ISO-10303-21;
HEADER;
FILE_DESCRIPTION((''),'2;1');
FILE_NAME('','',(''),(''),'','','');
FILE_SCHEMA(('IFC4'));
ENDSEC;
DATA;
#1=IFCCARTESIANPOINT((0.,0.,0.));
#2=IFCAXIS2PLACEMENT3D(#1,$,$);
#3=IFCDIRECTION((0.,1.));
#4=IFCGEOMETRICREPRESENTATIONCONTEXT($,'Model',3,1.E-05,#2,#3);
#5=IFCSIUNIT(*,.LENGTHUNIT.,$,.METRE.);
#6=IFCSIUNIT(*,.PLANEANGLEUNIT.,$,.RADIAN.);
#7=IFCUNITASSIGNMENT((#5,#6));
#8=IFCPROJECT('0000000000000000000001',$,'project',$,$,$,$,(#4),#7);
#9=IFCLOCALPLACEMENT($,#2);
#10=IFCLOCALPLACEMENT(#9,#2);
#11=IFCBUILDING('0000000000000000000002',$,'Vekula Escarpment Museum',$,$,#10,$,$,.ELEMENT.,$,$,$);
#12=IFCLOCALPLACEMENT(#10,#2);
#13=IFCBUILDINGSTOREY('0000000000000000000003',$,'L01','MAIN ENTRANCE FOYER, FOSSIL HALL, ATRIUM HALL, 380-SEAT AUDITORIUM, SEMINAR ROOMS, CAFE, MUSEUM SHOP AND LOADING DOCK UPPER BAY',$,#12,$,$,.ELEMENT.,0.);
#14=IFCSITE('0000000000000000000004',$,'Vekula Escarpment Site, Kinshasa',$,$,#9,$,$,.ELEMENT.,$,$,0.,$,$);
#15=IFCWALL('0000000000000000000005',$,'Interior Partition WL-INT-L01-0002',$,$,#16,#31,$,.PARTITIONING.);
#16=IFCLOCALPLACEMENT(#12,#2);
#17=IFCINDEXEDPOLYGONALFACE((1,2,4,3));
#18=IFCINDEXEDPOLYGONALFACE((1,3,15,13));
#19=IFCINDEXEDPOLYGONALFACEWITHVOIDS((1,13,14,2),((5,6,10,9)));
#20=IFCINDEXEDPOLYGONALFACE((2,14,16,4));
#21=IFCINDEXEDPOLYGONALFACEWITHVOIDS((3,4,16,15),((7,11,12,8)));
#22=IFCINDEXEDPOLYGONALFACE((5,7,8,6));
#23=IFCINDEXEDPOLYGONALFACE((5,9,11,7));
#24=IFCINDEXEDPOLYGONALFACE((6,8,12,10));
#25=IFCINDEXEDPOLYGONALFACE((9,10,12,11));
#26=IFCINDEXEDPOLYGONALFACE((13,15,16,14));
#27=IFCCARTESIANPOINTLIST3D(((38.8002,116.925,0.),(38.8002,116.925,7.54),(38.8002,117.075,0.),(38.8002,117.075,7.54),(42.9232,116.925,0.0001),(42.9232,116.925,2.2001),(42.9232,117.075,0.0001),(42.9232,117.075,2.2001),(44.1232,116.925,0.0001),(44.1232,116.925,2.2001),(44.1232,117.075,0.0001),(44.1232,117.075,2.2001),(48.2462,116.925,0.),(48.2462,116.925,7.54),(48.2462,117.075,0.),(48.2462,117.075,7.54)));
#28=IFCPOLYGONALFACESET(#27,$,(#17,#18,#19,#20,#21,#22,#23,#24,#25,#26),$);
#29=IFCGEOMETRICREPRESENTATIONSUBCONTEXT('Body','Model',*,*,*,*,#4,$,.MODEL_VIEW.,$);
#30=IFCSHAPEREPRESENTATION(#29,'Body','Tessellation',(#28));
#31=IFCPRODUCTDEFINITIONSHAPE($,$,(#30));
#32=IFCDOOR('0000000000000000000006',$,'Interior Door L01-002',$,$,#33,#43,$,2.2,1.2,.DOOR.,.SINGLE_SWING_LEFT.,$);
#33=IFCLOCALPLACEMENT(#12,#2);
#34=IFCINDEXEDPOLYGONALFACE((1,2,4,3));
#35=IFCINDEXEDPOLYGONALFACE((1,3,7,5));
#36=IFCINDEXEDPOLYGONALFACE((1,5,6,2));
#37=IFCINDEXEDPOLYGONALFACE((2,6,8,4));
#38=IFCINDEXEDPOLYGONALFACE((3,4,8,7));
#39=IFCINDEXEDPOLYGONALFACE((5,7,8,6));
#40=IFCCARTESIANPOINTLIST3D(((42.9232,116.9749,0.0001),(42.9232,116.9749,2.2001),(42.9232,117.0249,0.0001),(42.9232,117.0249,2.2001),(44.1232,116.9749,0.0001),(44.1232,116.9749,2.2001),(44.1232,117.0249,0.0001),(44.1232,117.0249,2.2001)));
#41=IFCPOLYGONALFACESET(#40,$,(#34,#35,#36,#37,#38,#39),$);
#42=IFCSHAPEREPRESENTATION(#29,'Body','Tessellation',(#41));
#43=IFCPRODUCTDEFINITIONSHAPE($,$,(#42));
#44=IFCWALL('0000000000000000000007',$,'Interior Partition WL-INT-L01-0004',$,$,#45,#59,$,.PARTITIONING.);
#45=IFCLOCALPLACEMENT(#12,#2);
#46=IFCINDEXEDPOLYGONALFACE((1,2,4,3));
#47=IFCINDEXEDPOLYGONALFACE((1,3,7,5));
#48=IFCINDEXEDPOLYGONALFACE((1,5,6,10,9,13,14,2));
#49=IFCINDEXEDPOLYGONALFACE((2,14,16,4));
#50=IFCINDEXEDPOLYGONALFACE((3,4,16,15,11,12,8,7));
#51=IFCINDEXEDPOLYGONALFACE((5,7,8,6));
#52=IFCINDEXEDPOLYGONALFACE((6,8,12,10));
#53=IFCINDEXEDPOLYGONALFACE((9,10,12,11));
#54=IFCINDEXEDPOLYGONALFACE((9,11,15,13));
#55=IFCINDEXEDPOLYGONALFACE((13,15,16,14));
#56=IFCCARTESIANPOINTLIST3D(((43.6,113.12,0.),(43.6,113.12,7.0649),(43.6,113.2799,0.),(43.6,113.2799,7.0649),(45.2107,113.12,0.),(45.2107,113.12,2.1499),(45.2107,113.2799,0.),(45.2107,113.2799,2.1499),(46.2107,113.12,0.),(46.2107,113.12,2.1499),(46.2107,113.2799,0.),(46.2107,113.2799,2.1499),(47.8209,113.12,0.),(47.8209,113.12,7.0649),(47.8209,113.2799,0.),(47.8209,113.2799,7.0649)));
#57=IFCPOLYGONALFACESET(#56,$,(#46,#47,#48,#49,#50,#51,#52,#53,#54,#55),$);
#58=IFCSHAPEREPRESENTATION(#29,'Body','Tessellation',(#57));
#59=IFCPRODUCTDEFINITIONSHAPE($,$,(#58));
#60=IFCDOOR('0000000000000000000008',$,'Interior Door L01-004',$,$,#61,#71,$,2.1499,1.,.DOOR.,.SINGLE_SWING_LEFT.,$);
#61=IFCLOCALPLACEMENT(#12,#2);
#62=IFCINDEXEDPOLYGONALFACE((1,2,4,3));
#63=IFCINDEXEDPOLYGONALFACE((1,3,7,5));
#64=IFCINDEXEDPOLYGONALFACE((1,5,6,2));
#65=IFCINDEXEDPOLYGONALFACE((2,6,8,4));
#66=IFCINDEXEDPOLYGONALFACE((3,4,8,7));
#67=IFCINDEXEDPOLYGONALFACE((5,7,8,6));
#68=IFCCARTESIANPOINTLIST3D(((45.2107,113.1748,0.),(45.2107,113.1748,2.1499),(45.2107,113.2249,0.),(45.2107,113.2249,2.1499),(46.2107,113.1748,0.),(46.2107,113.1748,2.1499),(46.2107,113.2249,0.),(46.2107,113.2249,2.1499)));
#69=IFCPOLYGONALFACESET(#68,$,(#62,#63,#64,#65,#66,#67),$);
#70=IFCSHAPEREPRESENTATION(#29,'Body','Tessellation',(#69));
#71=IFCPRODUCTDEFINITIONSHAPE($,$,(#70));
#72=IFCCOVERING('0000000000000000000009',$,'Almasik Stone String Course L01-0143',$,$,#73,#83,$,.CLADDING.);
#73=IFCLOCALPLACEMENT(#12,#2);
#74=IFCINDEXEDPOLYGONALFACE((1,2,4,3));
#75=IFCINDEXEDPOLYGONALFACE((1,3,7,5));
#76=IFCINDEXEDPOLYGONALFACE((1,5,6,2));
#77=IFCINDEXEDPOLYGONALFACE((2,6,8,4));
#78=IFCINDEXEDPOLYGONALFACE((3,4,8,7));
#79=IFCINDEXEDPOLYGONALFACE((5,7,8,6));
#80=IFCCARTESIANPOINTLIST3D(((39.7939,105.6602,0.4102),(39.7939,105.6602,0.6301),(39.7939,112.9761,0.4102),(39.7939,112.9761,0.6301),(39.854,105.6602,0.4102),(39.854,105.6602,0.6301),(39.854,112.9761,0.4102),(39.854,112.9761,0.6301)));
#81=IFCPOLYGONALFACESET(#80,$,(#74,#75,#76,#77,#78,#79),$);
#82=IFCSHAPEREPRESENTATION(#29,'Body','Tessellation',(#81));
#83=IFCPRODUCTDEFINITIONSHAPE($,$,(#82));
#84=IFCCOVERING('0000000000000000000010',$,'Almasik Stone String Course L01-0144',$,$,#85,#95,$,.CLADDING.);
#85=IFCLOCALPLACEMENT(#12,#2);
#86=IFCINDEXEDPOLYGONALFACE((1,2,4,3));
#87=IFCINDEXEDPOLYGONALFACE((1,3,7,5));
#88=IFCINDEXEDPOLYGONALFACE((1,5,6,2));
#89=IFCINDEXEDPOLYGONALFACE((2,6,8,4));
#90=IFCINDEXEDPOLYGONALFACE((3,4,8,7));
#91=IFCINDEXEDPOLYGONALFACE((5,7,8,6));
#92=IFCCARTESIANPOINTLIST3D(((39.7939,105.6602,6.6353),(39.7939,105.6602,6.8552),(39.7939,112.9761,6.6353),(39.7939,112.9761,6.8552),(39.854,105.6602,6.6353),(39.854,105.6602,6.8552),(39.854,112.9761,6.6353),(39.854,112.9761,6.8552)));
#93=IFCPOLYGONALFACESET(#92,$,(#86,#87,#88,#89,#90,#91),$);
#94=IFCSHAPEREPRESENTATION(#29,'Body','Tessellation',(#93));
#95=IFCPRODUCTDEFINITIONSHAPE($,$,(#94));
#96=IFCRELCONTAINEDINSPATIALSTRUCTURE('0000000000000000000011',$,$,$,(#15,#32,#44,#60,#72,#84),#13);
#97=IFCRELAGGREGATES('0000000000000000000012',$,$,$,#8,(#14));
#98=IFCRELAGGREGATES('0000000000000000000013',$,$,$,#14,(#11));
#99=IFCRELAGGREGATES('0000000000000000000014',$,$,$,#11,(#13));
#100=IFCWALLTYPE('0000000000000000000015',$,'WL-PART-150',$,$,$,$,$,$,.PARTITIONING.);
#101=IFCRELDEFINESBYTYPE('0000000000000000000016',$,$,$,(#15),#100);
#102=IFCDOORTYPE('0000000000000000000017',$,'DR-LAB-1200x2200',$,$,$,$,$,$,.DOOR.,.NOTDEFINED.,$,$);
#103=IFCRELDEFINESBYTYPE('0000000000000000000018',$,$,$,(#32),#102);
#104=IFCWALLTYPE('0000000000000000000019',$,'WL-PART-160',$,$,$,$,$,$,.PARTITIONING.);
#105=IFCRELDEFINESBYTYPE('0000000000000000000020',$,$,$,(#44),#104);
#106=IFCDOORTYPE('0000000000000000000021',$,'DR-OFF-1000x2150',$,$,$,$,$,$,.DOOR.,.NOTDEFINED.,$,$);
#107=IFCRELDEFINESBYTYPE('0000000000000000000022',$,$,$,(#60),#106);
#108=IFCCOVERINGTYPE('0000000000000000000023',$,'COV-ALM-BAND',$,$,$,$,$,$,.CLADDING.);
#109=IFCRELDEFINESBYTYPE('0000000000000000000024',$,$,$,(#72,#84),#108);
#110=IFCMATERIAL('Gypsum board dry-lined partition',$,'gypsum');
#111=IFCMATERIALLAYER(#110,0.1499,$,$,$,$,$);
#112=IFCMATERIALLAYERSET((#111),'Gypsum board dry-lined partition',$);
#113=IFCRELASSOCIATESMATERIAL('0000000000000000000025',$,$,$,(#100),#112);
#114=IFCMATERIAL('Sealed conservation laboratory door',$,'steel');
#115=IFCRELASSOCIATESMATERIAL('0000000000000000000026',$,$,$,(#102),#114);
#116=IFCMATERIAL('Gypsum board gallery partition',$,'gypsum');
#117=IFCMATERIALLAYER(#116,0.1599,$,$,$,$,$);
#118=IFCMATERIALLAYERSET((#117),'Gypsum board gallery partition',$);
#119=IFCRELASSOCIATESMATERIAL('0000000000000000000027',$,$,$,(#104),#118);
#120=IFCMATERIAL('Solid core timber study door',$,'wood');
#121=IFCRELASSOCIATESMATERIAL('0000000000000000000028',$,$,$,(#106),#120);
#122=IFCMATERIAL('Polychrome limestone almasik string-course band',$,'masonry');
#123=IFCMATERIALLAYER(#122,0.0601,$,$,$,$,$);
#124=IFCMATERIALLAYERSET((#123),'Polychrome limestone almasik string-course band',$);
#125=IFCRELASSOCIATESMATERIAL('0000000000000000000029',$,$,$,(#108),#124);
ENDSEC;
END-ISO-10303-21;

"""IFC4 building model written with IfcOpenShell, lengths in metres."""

from ifc_helpers import new_model, si_unit, direction, frame, frame_2d, origin, origin_2d, place, context, subcontext, project, spatial, rectangle, extrude, material, layer, layer_set, type_object, element, fill, save


model = new_model("IFC4")

# Units and contexts
model_context = context("Model", 3, precision=1e-05, world=origin(), true_north=direction((0.0, 1.0)))
body_context = subcontext(model_context, "Body", "Model", "MODEL_VIEW")
ifc_project = project(units=[si_unit("LENGTHUNIT", "METRE"), si_unit("PLANEANGLEUNIT", "RADIAN")], contexts=[model_context])

# Site, building, storey
site_placement = place(None, origin())
site = spatial("IfcSite", under=ifc_project, at=site_placement, Name="Vekula Escarpment Site, Kinshasa", CompositionType="ELEMENT", RefElevation=0.0)
building_placement = place(site_placement, origin())
building = spatial("IfcBuilding", under=site, at=building_placement, Name="Vekula Escarpment Museum", CompositionType="ELEMENT")
storey_placement = place(building_placement, origin())
storey = spatial("IfcBuildingStorey", under=building, at=storey_placement, Name="L01", Description="MAIN ENTRANCE FOYER, FOSSIL HALL, ATRIUM HALL, 380-SEAT AUDITORIUM, SEMINAR ROOMS, CAFE, MUSEUM SHOP AND LOADING DOCK UPPER BAY", CompositionType="ELEMENT", Elevation=0.0)

# Walls, openings, doors
ifc_material_1 = material(Name="Gypsum board dry-lined partition", Category="gypsum")
ifc_layer_1 = layer(ifc_material_1, 0.1499)
ifc_layer_set_1 = layer_set([ifc_layer_1], Name="Gypsum board dry-lined partition")
wall_type_1 = type_object("IfcWallType", Name="WL-PART-150", PredefinedType="PARTITIONING", material=ifc_layer_set_1)
wall_1_placement = place(storey_placement, frame((38.8, 117.0, 0.0), z_axis=(0.0, 0.0, 1.0), x_axis=(1.0, 0.0, 0.0)))
wall_1 = element("IfcWall", 1, at=wall_1_placement, inside=storey, type_object=wall_type_1, Name="Interior Partition WL-INT-L01-0002", PredefinedType="PARTITIONING", context=body_context, shape_type="SweptSolid", body=[
    extrude(rectangle(XDim=9.446, YDim=0.1499, at=frame_2d((4.7231, 0.0))), origin(), (0.0, 0.0, 1.0), 7.54),
])
opening_1_placement = place(wall_1_placement, frame((4.123, 0.0, 0.0)))
opening_1 = element("IfcOpeningElement", 2, at=opening_1_placement, cuts=wall_1, PredefinedType="OPENING", context=body_context, shape_type="SweptSolid", body=[
    extrude(rectangle(XDim=1.2, YDim=2.2, at=frame_2d((0.6001, 1.1001))), frame((0.0, 0.085, 0.0), z_axis=(0.0, -1.0, 0.0), x_axis=(1.0, 0.0, 0.0)), (0.0, 0.0, 1.0), 0.1699),
])
ifc_material_2 = material(Name="Sealed conservation laboratory door", Category="steel")
door_type_1 = type_object("IfcDoorType", Name="DR-LAB-1200x2200", OperationType="NOTDEFINED", PredefinedType="DOOR", material=ifc_material_2)
door_1_placement = place(opening_1_placement, origin())
door_1 = element("IfcDoor", 3, at=door_1_placement, inside=storey, type_object=door_type_1, Name="Interior Door L01-002", OperationType="SINGLE_SWING_LEFT", OverallHeight=2.2, OverallWidth=1.2, PredefinedType="DOOR", context=body_context, shape_type="SweptSolid", body=[
    extrude(rectangle(XDim=1.2, YDim=2.2, at=frame_2d((0.6001, 1.1001))), frame((0.0, 0.0249, 0.0), z_axis=(0.0, -1.0, 0.0), x_axis=(1.0, 0.0, 0.0)), (0.0, 0.0, 1.0), 0.05),
])
fill(opening_1, door_1)
ifc_material_3 = material(Name="Gypsum board gallery partition", Category="gypsum")
ifc_layer_2 = layer(ifc_material_3, 0.1599)
ifc_layer_set_2 = layer_set([ifc_layer_2], Name="Gypsum board gallery partition")
wall_type_2 = type_object("IfcWallType", Name="WL-PART-160", PredefinedType="PARTITIONING", material=ifc_layer_set_2)
wall_2_placement = place(storey_placement, frame((43.6001, 113.2, 0.0), z_axis=(0.0, 0.0, 1.0), x_axis=(1.0, 0.0, 0.0)))
wall_2 = element("IfcWall", 4, at=wall_2_placement, inside=storey, type_object=wall_type_2, Name="Interior Partition WL-INT-L01-0004", PredefinedType="PARTITIONING", context=body_context, shape_type="SweptSolid", body=[
    extrude(rectangle(XDim=4.2209, YDim=0.1599, at=frame_2d((2.1104, 0.0))), origin(), (0.0, 0.0, 1.0), 7.0649),
])
opening_2_placement = place(wall_2_placement, frame((1.6106, 0.0, 0.0)))
opening_2 = element("IfcOpeningElement", 5, at=opening_2_placement, cuts=wall_2, PredefinedType="OPENING", context=body_context, shape_type="SweptSolid", body=[
    extrude(rectangle(XDim=1.0, YDim=2.1499, at=frame_2d((0.5, 1.075))), frame((0.0, 0.0898, 0.0), z_axis=(0.0, -1.0, 0.0), x_axis=(1.0, 0.0, 0.0)), (0.0, 0.0, 1.0), 0.1799),
])
ifc_material_4 = material(Name="Solid core timber study door", Category="wood")
door_type_2 = type_object("IfcDoorType", Name="DR-OFF-1000x2150", OperationType="NOTDEFINED", PredefinedType="DOOR", material=ifc_material_4)
door_2_placement = place(opening_2_placement, origin())
door_2 = element("IfcDoor", 6, at=door_2_placement, inside=storey, type_object=door_type_2, Name="Interior Door L01-004", OperationType="SINGLE_SWING_LEFT", OverallHeight=2.1499, OverallWidth=1.0, PredefinedType="DOOR", context=body_context, shape_type="SweptSolid", body=[
    extrude(rectangle(XDim=1.0, YDim=2.1499, at=frame_2d((0.5, 1.075))), frame((0.0, 0.0249, 0.0), z_axis=(0.0, -1.0, 0.0), x_axis=(1.0, 0.0, 0.0)), (0.0, 0.0, 1.0), 0.05),
])
fill(opening_2, door_2)

# Coverings
ifc_material_5 = material(Name="Polychrome limestone almasik string-course band", Category="masonry")
ifc_layer_3 = layer(ifc_material_5, 0.0601)
ifc_layer_set_3 = layer_set([ifc_layer_3], Name="Polychrome limestone almasik string-course band")
covering_type = type_object("IfcCoveringType", Name="COV-ALM-BAND", PredefinedType="CLADDING", material=ifc_layer_set_3)
for number, where, z_axis, x_axis, name in (
    (7, (39.824, 109.3181, 0.4102), (0.0, 0.0, 1.0), (0.0, 1.0, 0.0), "Almasik Stone String Course L01-0143"),
    (8, (39.824, 109.3181, 6.6353), (0.0, 0.0, 1.0), (0.0, 1.0, 0.0), "Almasik Stone String Course L01-0144"),
):
    element("IfcCovering", number, at=place(storey_placement, frame(where, z_axis=z_axis, x_axis=x_axis)), inside=storey, type_object=covering_type, Name=name, PredefinedType="CLADDING", context=body_context, shape_type="SweptSolid", body=[
        extrude(rectangle(XDim=7.3159, YDim=0.0601, at=origin_2d()), origin(), (0.0, 0.0, 1.0), 0.22),
    ])

save(model, "model.ifc")
